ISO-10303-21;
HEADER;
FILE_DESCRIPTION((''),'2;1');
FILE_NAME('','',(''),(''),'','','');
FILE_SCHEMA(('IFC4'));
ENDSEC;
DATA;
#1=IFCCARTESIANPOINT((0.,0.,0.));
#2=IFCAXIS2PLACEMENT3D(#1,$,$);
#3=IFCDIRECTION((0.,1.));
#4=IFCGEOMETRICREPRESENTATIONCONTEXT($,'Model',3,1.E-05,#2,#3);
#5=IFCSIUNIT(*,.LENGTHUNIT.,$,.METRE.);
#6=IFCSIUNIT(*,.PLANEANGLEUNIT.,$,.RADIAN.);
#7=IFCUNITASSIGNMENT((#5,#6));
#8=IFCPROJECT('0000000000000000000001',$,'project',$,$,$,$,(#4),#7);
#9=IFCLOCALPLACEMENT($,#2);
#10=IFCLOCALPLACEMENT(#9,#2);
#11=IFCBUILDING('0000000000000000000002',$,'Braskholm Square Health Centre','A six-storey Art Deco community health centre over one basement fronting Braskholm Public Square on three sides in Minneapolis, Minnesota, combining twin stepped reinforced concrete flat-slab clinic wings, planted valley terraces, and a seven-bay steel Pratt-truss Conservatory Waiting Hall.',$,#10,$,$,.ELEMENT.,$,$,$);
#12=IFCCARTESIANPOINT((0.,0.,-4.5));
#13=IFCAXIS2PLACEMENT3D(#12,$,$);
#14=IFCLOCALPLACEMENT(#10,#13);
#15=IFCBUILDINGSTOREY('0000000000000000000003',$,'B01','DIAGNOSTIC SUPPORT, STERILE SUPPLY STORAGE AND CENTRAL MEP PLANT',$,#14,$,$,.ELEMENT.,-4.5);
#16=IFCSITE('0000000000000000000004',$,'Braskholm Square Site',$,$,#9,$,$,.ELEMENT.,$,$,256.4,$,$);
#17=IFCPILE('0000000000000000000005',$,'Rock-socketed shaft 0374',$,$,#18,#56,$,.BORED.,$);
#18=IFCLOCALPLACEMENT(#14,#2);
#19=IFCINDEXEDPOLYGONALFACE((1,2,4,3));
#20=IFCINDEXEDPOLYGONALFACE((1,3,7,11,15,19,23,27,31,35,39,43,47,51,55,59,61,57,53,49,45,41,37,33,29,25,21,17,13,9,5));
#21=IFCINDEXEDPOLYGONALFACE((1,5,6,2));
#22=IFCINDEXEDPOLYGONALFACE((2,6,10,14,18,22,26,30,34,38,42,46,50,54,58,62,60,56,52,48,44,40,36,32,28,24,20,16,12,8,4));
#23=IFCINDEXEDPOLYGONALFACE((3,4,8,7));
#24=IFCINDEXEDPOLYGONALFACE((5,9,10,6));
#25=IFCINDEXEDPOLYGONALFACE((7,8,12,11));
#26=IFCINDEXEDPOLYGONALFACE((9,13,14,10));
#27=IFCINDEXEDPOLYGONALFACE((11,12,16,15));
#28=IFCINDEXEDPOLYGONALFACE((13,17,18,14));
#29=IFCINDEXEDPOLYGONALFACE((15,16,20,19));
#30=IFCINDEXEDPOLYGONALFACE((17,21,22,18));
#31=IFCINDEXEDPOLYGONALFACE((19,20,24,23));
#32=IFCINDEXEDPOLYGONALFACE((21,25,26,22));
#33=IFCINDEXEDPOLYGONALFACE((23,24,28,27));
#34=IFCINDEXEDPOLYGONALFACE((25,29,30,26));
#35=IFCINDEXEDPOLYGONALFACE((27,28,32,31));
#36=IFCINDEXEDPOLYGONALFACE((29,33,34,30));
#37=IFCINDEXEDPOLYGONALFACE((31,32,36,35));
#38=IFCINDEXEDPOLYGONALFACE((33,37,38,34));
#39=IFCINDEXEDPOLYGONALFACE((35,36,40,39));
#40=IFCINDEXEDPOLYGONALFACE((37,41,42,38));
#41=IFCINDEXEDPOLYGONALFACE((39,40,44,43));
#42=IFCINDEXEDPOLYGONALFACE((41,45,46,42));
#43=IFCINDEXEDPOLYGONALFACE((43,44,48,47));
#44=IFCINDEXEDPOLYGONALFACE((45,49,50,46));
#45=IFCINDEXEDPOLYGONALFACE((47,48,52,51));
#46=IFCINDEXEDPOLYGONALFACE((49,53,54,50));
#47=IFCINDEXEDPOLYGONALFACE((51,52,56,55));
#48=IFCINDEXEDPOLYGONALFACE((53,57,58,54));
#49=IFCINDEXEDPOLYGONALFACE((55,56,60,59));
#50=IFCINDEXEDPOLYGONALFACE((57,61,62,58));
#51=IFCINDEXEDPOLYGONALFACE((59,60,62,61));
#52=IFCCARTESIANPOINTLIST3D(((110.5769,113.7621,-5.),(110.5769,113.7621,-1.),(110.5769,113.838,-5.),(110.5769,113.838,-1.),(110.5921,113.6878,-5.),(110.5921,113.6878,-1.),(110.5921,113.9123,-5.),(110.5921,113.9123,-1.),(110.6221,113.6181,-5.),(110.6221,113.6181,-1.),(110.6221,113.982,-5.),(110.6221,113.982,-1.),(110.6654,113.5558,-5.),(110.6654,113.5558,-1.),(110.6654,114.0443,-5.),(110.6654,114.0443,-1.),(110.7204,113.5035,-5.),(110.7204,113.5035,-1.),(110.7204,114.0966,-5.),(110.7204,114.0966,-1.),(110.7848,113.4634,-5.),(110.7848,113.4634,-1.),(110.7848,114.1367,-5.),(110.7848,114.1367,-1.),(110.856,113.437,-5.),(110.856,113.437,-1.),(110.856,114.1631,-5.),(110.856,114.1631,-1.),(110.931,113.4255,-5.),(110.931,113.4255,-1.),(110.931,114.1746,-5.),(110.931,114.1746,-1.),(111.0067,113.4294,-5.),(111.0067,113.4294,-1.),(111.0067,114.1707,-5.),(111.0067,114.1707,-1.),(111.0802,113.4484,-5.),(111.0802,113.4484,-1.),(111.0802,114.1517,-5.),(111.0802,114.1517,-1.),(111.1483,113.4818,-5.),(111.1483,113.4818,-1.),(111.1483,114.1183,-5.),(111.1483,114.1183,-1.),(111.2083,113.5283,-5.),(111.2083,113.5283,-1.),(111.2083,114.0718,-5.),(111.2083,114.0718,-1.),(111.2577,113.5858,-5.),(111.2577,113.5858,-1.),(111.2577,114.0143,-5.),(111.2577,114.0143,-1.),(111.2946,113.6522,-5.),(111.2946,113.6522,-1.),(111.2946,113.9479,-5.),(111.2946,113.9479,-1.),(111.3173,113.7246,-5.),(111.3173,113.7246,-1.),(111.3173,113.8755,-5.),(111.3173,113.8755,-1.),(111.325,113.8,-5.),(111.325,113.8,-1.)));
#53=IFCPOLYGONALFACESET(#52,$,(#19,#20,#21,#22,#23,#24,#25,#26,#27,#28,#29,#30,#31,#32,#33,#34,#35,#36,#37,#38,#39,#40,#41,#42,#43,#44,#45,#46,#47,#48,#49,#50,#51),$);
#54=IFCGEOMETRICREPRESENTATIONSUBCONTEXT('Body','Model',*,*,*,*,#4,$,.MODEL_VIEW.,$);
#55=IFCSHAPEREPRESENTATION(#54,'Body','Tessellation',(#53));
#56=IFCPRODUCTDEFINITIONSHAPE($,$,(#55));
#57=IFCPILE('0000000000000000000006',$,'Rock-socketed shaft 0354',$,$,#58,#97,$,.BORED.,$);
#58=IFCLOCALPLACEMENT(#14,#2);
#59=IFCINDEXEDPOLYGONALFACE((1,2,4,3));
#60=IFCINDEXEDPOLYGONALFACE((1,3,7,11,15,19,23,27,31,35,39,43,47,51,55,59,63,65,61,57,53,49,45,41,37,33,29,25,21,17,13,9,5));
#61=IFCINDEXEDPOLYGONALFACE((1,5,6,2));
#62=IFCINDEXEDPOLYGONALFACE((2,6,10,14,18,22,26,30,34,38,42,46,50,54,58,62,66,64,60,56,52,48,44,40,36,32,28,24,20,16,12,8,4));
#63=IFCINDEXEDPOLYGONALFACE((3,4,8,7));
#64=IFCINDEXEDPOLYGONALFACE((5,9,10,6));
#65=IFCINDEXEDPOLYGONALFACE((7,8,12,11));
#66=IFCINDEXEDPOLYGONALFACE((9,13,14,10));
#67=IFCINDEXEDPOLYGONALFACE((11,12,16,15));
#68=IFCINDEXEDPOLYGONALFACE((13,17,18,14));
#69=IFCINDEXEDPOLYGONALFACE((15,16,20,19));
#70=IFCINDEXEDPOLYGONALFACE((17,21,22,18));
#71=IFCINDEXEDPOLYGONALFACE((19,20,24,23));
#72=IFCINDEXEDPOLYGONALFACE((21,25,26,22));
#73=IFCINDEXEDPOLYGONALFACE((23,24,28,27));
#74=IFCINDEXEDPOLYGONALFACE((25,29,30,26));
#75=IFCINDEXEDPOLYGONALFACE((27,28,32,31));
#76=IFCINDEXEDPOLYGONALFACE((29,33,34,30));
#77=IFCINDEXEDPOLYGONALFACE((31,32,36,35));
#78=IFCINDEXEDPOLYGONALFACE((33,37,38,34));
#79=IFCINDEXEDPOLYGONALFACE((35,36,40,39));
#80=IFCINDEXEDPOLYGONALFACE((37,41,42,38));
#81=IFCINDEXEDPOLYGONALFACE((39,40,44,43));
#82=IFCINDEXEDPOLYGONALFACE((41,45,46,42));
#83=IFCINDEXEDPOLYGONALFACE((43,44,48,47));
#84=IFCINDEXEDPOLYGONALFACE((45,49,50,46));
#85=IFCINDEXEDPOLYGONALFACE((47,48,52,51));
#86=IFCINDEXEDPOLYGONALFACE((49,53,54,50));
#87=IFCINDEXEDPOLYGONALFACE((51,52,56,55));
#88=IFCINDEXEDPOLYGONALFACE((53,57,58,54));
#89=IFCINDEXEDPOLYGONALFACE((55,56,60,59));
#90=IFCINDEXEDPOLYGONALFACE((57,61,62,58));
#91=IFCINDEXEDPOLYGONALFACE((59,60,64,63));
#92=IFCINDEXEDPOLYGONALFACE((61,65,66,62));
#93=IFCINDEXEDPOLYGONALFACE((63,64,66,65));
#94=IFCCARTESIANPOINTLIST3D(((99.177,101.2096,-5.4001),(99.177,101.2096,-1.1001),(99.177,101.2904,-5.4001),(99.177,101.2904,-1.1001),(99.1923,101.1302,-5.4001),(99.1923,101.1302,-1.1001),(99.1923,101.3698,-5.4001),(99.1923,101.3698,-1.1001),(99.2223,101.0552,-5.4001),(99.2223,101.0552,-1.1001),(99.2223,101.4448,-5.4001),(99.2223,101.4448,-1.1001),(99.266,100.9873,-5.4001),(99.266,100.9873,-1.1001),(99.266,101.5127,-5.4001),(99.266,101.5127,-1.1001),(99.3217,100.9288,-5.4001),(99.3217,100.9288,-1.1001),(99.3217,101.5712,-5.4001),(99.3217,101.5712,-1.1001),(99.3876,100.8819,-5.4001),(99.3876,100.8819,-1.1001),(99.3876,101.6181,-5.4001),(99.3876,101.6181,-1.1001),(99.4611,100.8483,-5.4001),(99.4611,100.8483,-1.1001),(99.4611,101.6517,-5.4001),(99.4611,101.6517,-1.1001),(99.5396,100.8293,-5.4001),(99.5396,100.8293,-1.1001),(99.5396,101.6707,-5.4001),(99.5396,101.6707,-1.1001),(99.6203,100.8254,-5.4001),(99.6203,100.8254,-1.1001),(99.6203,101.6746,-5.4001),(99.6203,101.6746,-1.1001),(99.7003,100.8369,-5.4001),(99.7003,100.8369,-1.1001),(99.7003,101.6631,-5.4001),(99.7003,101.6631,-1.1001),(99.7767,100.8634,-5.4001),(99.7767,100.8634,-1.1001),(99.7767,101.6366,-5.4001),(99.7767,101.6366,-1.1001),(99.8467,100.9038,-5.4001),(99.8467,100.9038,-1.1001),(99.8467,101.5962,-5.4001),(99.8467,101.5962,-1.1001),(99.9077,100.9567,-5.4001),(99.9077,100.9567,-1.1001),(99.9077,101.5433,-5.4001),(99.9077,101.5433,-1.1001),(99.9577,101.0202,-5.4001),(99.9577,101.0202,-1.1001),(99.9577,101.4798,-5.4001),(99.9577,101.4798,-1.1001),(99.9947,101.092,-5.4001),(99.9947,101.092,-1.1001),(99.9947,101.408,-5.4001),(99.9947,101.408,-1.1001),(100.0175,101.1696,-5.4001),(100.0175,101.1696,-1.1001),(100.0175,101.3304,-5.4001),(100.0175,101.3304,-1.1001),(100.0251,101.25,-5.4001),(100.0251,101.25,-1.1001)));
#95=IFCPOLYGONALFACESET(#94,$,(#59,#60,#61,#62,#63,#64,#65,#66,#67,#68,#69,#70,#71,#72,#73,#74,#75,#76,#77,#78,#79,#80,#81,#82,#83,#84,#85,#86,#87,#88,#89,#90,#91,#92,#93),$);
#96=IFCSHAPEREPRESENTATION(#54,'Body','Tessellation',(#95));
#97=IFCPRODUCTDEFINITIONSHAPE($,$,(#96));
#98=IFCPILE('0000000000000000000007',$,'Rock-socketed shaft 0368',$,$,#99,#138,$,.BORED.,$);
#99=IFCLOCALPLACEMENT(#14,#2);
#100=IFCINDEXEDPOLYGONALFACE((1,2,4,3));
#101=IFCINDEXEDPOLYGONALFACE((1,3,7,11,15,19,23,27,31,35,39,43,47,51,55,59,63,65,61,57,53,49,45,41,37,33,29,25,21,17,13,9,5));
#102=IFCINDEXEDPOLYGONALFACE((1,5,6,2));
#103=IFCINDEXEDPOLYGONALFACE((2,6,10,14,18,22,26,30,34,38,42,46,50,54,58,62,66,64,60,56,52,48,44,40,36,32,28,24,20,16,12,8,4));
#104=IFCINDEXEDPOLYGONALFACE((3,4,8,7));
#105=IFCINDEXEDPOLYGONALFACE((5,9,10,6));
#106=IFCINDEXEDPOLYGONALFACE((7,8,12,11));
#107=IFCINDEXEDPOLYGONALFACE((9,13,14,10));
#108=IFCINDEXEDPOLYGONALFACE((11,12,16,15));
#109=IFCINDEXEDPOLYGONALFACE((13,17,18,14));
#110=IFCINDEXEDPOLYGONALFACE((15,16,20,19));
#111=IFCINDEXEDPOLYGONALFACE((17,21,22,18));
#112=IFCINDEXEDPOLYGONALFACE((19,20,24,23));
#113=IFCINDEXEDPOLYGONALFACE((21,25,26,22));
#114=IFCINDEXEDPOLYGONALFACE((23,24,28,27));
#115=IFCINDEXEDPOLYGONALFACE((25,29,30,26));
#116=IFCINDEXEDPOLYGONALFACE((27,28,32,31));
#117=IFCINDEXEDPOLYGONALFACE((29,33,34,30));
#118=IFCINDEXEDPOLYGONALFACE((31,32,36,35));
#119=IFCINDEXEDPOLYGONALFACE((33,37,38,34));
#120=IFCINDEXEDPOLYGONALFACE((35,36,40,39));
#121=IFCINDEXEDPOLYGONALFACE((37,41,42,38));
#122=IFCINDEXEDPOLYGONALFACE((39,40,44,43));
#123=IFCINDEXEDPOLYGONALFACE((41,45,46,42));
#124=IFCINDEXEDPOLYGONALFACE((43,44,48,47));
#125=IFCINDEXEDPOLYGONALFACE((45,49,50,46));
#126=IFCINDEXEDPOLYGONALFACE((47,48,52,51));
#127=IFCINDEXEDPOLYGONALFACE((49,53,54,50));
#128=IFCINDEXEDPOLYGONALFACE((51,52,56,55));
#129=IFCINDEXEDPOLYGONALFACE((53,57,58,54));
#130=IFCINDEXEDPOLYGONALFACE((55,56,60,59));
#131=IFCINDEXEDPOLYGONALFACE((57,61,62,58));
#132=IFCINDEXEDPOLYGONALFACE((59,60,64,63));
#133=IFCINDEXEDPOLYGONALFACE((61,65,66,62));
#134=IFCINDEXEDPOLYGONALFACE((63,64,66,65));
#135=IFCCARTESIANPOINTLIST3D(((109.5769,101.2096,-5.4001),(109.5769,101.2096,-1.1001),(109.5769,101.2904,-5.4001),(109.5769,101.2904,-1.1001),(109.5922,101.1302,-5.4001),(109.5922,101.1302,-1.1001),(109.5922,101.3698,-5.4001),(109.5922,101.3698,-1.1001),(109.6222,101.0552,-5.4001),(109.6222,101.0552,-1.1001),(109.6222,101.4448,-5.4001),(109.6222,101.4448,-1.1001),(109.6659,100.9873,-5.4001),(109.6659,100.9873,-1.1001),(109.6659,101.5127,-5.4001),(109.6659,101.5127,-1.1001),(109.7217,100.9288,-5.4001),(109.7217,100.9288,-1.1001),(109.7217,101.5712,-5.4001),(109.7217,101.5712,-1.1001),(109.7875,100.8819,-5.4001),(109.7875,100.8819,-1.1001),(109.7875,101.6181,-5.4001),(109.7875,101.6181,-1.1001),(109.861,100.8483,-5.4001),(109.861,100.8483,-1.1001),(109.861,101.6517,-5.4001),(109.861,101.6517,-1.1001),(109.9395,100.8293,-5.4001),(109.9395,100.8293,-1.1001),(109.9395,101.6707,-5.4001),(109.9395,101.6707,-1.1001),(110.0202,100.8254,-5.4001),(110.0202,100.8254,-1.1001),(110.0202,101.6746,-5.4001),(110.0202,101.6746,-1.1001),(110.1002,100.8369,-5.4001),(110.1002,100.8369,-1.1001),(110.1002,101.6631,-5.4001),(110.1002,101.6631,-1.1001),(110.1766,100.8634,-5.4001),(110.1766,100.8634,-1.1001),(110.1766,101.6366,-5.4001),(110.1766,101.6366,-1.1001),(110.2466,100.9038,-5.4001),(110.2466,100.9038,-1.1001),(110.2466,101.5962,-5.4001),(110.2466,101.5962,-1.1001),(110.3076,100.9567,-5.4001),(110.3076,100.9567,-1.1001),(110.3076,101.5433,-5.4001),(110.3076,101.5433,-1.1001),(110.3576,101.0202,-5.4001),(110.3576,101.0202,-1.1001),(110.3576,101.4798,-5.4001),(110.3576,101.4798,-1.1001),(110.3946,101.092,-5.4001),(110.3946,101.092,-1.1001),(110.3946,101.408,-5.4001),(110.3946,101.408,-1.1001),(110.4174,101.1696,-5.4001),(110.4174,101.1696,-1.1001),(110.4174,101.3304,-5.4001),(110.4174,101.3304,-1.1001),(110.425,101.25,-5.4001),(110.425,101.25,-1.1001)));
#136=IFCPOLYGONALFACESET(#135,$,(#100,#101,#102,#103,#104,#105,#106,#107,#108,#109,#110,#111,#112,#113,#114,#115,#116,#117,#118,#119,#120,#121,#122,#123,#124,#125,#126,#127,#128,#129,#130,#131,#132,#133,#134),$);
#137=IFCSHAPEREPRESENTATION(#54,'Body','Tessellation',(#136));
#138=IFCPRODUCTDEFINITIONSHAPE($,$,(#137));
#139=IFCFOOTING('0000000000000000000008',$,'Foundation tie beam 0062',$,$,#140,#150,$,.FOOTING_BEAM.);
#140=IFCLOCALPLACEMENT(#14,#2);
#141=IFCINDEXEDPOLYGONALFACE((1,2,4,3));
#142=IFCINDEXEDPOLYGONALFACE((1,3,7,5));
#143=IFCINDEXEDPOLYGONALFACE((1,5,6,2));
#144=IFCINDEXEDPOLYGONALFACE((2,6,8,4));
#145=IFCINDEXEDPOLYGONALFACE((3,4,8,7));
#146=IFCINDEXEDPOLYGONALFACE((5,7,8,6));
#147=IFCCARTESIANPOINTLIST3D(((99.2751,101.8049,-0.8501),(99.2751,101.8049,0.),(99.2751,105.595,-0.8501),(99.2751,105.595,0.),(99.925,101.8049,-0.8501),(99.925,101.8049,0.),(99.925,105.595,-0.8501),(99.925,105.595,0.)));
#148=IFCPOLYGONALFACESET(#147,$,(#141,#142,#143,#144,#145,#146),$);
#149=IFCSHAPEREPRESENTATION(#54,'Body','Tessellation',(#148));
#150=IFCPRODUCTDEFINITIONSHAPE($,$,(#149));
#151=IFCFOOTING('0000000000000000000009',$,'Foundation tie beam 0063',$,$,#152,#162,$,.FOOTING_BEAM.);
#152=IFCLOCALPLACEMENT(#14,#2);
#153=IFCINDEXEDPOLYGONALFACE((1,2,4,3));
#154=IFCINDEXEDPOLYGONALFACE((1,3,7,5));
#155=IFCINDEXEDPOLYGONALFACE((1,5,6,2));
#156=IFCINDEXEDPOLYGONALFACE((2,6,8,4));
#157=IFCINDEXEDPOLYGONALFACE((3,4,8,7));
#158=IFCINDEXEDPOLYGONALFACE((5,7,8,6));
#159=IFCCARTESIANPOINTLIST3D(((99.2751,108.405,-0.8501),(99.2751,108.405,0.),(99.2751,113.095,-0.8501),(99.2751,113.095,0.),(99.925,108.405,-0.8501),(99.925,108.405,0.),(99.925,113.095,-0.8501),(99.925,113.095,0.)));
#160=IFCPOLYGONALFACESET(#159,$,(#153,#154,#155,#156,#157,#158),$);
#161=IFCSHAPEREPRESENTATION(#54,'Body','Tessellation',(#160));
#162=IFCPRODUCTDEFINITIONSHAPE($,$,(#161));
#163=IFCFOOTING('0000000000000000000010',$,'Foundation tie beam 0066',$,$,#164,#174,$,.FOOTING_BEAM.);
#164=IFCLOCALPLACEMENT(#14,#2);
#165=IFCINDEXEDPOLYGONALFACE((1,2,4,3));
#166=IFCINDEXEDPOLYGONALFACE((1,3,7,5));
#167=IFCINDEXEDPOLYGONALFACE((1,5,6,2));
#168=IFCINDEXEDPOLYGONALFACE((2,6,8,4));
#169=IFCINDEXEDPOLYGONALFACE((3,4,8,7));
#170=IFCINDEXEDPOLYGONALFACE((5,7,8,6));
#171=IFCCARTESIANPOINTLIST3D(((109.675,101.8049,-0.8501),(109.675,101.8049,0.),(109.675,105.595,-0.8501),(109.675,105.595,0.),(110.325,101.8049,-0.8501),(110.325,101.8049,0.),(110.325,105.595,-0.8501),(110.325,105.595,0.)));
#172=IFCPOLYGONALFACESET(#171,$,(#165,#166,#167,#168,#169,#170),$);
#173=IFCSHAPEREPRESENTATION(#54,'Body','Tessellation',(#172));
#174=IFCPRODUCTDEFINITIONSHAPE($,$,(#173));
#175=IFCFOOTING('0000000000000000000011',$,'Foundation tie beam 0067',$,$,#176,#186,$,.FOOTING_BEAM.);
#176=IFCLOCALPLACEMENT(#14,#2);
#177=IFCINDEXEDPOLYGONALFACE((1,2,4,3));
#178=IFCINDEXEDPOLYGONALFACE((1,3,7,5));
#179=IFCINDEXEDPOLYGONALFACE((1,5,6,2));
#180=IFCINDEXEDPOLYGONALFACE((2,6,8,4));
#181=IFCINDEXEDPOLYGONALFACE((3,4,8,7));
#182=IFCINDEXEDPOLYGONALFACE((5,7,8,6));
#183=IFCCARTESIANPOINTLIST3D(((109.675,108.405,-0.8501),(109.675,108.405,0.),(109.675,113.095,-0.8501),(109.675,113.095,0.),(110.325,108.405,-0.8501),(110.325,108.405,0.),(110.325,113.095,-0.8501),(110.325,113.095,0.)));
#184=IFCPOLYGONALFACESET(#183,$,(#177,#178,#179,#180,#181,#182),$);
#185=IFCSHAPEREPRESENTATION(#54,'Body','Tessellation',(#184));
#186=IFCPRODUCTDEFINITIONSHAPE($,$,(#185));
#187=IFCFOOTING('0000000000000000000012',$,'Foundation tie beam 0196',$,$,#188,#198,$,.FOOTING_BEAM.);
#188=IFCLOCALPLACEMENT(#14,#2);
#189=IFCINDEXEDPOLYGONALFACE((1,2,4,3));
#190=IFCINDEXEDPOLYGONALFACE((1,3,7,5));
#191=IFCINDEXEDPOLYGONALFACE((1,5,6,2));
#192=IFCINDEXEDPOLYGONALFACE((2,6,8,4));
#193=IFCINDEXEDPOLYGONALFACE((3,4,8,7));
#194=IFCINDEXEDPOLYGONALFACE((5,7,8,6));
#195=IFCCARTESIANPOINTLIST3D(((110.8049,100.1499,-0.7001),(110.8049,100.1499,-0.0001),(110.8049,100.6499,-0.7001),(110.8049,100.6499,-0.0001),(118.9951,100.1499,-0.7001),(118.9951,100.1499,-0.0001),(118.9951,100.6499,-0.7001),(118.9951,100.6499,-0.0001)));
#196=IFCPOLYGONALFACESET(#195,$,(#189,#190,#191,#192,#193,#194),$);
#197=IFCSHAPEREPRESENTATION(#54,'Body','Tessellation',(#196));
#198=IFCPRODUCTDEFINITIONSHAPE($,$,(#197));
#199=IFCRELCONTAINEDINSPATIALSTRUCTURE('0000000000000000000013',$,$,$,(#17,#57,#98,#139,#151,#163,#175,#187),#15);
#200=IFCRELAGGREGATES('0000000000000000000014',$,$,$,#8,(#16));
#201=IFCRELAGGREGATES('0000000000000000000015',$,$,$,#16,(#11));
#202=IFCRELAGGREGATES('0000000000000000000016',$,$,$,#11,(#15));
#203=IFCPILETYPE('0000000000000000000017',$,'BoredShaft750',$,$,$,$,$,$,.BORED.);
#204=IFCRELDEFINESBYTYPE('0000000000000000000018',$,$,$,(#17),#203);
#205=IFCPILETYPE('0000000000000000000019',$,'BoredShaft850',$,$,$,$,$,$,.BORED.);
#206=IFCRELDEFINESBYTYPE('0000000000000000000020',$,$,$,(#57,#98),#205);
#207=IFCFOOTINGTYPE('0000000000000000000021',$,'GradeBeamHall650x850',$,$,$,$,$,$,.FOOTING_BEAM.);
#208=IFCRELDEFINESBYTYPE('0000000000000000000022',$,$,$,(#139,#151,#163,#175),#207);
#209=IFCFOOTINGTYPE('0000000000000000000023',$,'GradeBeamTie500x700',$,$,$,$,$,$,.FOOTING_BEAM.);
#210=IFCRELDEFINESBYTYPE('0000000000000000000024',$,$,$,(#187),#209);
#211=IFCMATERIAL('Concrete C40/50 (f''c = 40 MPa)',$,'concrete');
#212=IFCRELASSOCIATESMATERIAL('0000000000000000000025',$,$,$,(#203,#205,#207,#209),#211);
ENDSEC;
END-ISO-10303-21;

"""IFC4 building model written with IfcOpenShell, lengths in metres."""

from ifc_helpers import new_model, si_unit, direction, frame, origin, origin_2d, place, context, subcontext, project, spatial, rectangle, circle, extrude, material, material_profile, profile_set, type_object, element, save


model = new_model("IFC4")

# Units and contexts
model_context = context("Model", 3, precision=1e-05, world=origin(), true_north=direction((0.0, 1.0)))
body_context = subcontext(model_context, "Body", "Model", "MODEL_VIEW")
ifc_project = project(units=[si_unit("LENGTHUNIT", "METRE"), si_unit("PLANEANGLEUNIT", "RADIAN")], contexts=[model_context])

# Site, building, storey
site_placement = place(None, origin())
site = spatial("IfcSite", under=ifc_project, at=site_placement, Name="Braskholm Square Site", CompositionType="ELEMENT", RefElevation=256.4)
building_placement = place(site_placement, origin())
building = spatial("IfcBuilding", under=site, at=building_placement, Name="Braskholm Square Health Centre", Description="A six-storey Art Deco community health centre over one basement fronting Braskholm Public Square on three sides in Minneapolis, Minnesota, combining twin stepped reinforced concrete flat-slab clinic wings, planted valley terraces, and a seven-bay steel Pratt-truss Conservatory Waiting Hall.", CompositionType="ELEMENT")
storey_placement = place(building_placement, frame((0.0, 0.0, -4.5)))
storey = spatial("IfcBuildingStorey", under=building, at=storey_placement, Name="B01", Description="DIAGNOSTIC SUPPORT, STERILE SUPPLY STORAGE AND CENTRAL MEP PLANT", CompositionType="ELEMENT", Elevation=-4.5)

# Piles
ifc_material_1 = material(Name="Concrete C40/50 (f'c = 40 MPa)", Category="concrete")
ifc_material_profile_1 = material_profile(ifc_material_1, circle(Radius=0.375, at=origin_2d()), Name="BORED-PILE-750")
ifc_profile_set_1 = profile_set([ifc_material_profile_1], Name="Concrete C40/50 (f'c = 40 MPa)")
pile_type_1 = type_object("IfcPileType", Name="BoredShaft750", PredefinedType="BORED", material=ifc_profile_set_1)
for number, where, z_axis, x_axis, name in (
    (1, (110.95, 113.8, -1.0), (0.0, 0.0, -1.0), (1.0, 0.0, 0.0), "Rock-socketed shaft 0374"),
):
    element("IfcPile", number, at=place(storey_placement, frame(where, z_axis=z_axis, x_axis=x_axis)), inside=storey, type_object=pile_type_1, Name=name, PredefinedType="BORED", context=body_context, shape_type="SweptSolid", body=[
        extrude(circle(Radius=0.375, at=origin_2d()), origin(), (0.0, 0.0, 1.0), 4.0),
    ])
ifc_material_profile_2 = material_profile(ifc_material_1, circle(Radius=0.425, at=origin_2d()), Name="BORED-PILE-850")
ifc_profile_set_2 = profile_set([ifc_material_profile_2], Name="Concrete C40/50 (f'c = 40 MPa)")
pile_type_2 = type_object("IfcPileType", Name="BoredShaft850", PredefinedType="BORED", material=ifc_profile_set_2)
for number, where, z_axis, x_axis, name in (
    (2, (99.6001, 101.25, -1.1001), (0.0, 0.0, -1.0), (1.0, 0.0, 0.0), "Rock-socketed shaft 0354"),
    (3, (110.0, 101.25, -1.1001), (0.0, 0.0, -1.0), (1.0, 0.0, 0.0), "Rock-socketed shaft 0368"),
):
    element("IfcPile", number, at=place(storey_placement, frame(where, z_axis=z_axis, x_axis=x_axis)), inside=storey, type_object=pile_type_2, Name=name, PredefinedType="BORED", context=body_context, shape_type="SweptSolid", body=[
        extrude(circle(Radius=0.425, at=origin_2d()), origin(), (0.0, 0.0, 1.0), 4.3),
    ])

# Footings
ifc_material_profile_3 = material_profile(ifc_material_1, rectangle(XDim=0.6499, YDim=0.8501, at=origin_2d()), Name="FTG-650X850")
ifc_profile_set_3 = profile_set([ifc_material_profile_3], Name="Concrete C40/50 (f'c = 40 MPa)")
footing_type_1 = type_object("IfcFootingType", Name="GradeBeamHall650x850", PredefinedType="FOOTING_BEAM", material=ifc_profile_set_3)
footing_1_placement = place(storey_placement, frame((99.6001, 101.8049, -0.425), z_axis=(0.0, 1.0, 0.0), x_axis=(-1.0, 0.0, 0.0)))
element("IfcFooting", 4, at=footing_1_placement, inside=storey, type_object=footing_type_1, Name="Foundation tie beam 0062", PredefinedType="FOOTING_BEAM", context=body_context, shape_type="SweptSolid", body=[
    extrude(rectangle(XDim=0.6499, YDim=0.8501, at=origin_2d()), origin(), (0.0, 0.0, 1.0), 3.79),
])
footing_2_placement = place(storey_placement, frame((99.6001, 108.405, -0.425), z_axis=(0.0, 1.0, 0.0), x_axis=(-1.0, 0.0, 0.0)))
element("IfcFooting", 5, at=footing_2_placement, inside=storey, type_object=footing_type_1, Name="Foundation tie beam 0063", PredefinedType="FOOTING_BEAM", context=body_context, shape_type="SweptSolid", body=[
    extrude(rectangle(XDim=0.6499, YDim=0.8501, at=origin_2d()), origin(), (0.0, 0.0, 1.0), 4.6899),
])
footing_3_placement = place(storey_placement, frame((110.0, 101.8049, -0.425), z_axis=(0.0, 1.0, 0.0), x_axis=(-1.0, 0.0, 0.0)))
element("IfcFooting", 6, at=footing_3_placement, inside=storey, type_object=footing_type_1, Name="Foundation tie beam 0066", PredefinedType="FOOTING_BEAM", context=body_context, shape_type="SweptSolid", body=[
    extrude(rectangle(XDim=0.6499, YDim=0.8501, at=origin_2d()), origin(), (0.0, 0.0, 1.0), 3.79),
])
footing_4_placement = place(storey_placement, frame((110.0, 108.405, -0.425), z_axis=(0.0, 1.0, 0.0), x_axis=(-1.0, 0.0, 0.0)))
element("IfcFooting", 7, at=footing_4_placement, inside=storey, type_object=footing_type_1, Name="Foundation tie beam 0067", PredefinedType="FOOTING_BEAM", context=body_context, shape_type="SweptSolid", body=[
    extrude(rectangle(XDim=0.6499, YDim=0.8501, at=origin_2d()), origin(), (0.0, 0.0, 1.0), 4.6899),
])
ifc_material_profile_4 = material_profile(ifc_material_1, rectangle(XDim=0.5, YDim=0.7, at=origin_2d()), Name="FTG-500X700")
ifc_profile_set_4 = profile_set([ifc_material_profile_4], Name="Concrete C40/50 (f'c = 40 MPa)")
footing_type_2 = type_object("IfcFootingType", Name="GradeBeamTie500x700", PredefinedType="FOOTING_BEAM", material=ifc_profile_set_4)
footing_5_placement = place(storey_placement, frame((110.8049, 100.3999, -0.3501), z_axis=(1.0, 0.0, 0.0), x_axis=(0.0, 1.0, 0.0)))
element("IfcFooting", 8, at=footing_5_placement, inside=storey, type_object=footing_type_2, Name="Foundation tie beam 0196", PredefinedType="FOOTING_BEAM", context=body_context, shape_type="SweptSolid", body=[
    extrude(rectangle(XDim=0.5, YDim=0.7, at=origin_2d()), origin(), (0.0, 0.0, 1.0), 8.1902),
])

save(model, "model.ifc")
